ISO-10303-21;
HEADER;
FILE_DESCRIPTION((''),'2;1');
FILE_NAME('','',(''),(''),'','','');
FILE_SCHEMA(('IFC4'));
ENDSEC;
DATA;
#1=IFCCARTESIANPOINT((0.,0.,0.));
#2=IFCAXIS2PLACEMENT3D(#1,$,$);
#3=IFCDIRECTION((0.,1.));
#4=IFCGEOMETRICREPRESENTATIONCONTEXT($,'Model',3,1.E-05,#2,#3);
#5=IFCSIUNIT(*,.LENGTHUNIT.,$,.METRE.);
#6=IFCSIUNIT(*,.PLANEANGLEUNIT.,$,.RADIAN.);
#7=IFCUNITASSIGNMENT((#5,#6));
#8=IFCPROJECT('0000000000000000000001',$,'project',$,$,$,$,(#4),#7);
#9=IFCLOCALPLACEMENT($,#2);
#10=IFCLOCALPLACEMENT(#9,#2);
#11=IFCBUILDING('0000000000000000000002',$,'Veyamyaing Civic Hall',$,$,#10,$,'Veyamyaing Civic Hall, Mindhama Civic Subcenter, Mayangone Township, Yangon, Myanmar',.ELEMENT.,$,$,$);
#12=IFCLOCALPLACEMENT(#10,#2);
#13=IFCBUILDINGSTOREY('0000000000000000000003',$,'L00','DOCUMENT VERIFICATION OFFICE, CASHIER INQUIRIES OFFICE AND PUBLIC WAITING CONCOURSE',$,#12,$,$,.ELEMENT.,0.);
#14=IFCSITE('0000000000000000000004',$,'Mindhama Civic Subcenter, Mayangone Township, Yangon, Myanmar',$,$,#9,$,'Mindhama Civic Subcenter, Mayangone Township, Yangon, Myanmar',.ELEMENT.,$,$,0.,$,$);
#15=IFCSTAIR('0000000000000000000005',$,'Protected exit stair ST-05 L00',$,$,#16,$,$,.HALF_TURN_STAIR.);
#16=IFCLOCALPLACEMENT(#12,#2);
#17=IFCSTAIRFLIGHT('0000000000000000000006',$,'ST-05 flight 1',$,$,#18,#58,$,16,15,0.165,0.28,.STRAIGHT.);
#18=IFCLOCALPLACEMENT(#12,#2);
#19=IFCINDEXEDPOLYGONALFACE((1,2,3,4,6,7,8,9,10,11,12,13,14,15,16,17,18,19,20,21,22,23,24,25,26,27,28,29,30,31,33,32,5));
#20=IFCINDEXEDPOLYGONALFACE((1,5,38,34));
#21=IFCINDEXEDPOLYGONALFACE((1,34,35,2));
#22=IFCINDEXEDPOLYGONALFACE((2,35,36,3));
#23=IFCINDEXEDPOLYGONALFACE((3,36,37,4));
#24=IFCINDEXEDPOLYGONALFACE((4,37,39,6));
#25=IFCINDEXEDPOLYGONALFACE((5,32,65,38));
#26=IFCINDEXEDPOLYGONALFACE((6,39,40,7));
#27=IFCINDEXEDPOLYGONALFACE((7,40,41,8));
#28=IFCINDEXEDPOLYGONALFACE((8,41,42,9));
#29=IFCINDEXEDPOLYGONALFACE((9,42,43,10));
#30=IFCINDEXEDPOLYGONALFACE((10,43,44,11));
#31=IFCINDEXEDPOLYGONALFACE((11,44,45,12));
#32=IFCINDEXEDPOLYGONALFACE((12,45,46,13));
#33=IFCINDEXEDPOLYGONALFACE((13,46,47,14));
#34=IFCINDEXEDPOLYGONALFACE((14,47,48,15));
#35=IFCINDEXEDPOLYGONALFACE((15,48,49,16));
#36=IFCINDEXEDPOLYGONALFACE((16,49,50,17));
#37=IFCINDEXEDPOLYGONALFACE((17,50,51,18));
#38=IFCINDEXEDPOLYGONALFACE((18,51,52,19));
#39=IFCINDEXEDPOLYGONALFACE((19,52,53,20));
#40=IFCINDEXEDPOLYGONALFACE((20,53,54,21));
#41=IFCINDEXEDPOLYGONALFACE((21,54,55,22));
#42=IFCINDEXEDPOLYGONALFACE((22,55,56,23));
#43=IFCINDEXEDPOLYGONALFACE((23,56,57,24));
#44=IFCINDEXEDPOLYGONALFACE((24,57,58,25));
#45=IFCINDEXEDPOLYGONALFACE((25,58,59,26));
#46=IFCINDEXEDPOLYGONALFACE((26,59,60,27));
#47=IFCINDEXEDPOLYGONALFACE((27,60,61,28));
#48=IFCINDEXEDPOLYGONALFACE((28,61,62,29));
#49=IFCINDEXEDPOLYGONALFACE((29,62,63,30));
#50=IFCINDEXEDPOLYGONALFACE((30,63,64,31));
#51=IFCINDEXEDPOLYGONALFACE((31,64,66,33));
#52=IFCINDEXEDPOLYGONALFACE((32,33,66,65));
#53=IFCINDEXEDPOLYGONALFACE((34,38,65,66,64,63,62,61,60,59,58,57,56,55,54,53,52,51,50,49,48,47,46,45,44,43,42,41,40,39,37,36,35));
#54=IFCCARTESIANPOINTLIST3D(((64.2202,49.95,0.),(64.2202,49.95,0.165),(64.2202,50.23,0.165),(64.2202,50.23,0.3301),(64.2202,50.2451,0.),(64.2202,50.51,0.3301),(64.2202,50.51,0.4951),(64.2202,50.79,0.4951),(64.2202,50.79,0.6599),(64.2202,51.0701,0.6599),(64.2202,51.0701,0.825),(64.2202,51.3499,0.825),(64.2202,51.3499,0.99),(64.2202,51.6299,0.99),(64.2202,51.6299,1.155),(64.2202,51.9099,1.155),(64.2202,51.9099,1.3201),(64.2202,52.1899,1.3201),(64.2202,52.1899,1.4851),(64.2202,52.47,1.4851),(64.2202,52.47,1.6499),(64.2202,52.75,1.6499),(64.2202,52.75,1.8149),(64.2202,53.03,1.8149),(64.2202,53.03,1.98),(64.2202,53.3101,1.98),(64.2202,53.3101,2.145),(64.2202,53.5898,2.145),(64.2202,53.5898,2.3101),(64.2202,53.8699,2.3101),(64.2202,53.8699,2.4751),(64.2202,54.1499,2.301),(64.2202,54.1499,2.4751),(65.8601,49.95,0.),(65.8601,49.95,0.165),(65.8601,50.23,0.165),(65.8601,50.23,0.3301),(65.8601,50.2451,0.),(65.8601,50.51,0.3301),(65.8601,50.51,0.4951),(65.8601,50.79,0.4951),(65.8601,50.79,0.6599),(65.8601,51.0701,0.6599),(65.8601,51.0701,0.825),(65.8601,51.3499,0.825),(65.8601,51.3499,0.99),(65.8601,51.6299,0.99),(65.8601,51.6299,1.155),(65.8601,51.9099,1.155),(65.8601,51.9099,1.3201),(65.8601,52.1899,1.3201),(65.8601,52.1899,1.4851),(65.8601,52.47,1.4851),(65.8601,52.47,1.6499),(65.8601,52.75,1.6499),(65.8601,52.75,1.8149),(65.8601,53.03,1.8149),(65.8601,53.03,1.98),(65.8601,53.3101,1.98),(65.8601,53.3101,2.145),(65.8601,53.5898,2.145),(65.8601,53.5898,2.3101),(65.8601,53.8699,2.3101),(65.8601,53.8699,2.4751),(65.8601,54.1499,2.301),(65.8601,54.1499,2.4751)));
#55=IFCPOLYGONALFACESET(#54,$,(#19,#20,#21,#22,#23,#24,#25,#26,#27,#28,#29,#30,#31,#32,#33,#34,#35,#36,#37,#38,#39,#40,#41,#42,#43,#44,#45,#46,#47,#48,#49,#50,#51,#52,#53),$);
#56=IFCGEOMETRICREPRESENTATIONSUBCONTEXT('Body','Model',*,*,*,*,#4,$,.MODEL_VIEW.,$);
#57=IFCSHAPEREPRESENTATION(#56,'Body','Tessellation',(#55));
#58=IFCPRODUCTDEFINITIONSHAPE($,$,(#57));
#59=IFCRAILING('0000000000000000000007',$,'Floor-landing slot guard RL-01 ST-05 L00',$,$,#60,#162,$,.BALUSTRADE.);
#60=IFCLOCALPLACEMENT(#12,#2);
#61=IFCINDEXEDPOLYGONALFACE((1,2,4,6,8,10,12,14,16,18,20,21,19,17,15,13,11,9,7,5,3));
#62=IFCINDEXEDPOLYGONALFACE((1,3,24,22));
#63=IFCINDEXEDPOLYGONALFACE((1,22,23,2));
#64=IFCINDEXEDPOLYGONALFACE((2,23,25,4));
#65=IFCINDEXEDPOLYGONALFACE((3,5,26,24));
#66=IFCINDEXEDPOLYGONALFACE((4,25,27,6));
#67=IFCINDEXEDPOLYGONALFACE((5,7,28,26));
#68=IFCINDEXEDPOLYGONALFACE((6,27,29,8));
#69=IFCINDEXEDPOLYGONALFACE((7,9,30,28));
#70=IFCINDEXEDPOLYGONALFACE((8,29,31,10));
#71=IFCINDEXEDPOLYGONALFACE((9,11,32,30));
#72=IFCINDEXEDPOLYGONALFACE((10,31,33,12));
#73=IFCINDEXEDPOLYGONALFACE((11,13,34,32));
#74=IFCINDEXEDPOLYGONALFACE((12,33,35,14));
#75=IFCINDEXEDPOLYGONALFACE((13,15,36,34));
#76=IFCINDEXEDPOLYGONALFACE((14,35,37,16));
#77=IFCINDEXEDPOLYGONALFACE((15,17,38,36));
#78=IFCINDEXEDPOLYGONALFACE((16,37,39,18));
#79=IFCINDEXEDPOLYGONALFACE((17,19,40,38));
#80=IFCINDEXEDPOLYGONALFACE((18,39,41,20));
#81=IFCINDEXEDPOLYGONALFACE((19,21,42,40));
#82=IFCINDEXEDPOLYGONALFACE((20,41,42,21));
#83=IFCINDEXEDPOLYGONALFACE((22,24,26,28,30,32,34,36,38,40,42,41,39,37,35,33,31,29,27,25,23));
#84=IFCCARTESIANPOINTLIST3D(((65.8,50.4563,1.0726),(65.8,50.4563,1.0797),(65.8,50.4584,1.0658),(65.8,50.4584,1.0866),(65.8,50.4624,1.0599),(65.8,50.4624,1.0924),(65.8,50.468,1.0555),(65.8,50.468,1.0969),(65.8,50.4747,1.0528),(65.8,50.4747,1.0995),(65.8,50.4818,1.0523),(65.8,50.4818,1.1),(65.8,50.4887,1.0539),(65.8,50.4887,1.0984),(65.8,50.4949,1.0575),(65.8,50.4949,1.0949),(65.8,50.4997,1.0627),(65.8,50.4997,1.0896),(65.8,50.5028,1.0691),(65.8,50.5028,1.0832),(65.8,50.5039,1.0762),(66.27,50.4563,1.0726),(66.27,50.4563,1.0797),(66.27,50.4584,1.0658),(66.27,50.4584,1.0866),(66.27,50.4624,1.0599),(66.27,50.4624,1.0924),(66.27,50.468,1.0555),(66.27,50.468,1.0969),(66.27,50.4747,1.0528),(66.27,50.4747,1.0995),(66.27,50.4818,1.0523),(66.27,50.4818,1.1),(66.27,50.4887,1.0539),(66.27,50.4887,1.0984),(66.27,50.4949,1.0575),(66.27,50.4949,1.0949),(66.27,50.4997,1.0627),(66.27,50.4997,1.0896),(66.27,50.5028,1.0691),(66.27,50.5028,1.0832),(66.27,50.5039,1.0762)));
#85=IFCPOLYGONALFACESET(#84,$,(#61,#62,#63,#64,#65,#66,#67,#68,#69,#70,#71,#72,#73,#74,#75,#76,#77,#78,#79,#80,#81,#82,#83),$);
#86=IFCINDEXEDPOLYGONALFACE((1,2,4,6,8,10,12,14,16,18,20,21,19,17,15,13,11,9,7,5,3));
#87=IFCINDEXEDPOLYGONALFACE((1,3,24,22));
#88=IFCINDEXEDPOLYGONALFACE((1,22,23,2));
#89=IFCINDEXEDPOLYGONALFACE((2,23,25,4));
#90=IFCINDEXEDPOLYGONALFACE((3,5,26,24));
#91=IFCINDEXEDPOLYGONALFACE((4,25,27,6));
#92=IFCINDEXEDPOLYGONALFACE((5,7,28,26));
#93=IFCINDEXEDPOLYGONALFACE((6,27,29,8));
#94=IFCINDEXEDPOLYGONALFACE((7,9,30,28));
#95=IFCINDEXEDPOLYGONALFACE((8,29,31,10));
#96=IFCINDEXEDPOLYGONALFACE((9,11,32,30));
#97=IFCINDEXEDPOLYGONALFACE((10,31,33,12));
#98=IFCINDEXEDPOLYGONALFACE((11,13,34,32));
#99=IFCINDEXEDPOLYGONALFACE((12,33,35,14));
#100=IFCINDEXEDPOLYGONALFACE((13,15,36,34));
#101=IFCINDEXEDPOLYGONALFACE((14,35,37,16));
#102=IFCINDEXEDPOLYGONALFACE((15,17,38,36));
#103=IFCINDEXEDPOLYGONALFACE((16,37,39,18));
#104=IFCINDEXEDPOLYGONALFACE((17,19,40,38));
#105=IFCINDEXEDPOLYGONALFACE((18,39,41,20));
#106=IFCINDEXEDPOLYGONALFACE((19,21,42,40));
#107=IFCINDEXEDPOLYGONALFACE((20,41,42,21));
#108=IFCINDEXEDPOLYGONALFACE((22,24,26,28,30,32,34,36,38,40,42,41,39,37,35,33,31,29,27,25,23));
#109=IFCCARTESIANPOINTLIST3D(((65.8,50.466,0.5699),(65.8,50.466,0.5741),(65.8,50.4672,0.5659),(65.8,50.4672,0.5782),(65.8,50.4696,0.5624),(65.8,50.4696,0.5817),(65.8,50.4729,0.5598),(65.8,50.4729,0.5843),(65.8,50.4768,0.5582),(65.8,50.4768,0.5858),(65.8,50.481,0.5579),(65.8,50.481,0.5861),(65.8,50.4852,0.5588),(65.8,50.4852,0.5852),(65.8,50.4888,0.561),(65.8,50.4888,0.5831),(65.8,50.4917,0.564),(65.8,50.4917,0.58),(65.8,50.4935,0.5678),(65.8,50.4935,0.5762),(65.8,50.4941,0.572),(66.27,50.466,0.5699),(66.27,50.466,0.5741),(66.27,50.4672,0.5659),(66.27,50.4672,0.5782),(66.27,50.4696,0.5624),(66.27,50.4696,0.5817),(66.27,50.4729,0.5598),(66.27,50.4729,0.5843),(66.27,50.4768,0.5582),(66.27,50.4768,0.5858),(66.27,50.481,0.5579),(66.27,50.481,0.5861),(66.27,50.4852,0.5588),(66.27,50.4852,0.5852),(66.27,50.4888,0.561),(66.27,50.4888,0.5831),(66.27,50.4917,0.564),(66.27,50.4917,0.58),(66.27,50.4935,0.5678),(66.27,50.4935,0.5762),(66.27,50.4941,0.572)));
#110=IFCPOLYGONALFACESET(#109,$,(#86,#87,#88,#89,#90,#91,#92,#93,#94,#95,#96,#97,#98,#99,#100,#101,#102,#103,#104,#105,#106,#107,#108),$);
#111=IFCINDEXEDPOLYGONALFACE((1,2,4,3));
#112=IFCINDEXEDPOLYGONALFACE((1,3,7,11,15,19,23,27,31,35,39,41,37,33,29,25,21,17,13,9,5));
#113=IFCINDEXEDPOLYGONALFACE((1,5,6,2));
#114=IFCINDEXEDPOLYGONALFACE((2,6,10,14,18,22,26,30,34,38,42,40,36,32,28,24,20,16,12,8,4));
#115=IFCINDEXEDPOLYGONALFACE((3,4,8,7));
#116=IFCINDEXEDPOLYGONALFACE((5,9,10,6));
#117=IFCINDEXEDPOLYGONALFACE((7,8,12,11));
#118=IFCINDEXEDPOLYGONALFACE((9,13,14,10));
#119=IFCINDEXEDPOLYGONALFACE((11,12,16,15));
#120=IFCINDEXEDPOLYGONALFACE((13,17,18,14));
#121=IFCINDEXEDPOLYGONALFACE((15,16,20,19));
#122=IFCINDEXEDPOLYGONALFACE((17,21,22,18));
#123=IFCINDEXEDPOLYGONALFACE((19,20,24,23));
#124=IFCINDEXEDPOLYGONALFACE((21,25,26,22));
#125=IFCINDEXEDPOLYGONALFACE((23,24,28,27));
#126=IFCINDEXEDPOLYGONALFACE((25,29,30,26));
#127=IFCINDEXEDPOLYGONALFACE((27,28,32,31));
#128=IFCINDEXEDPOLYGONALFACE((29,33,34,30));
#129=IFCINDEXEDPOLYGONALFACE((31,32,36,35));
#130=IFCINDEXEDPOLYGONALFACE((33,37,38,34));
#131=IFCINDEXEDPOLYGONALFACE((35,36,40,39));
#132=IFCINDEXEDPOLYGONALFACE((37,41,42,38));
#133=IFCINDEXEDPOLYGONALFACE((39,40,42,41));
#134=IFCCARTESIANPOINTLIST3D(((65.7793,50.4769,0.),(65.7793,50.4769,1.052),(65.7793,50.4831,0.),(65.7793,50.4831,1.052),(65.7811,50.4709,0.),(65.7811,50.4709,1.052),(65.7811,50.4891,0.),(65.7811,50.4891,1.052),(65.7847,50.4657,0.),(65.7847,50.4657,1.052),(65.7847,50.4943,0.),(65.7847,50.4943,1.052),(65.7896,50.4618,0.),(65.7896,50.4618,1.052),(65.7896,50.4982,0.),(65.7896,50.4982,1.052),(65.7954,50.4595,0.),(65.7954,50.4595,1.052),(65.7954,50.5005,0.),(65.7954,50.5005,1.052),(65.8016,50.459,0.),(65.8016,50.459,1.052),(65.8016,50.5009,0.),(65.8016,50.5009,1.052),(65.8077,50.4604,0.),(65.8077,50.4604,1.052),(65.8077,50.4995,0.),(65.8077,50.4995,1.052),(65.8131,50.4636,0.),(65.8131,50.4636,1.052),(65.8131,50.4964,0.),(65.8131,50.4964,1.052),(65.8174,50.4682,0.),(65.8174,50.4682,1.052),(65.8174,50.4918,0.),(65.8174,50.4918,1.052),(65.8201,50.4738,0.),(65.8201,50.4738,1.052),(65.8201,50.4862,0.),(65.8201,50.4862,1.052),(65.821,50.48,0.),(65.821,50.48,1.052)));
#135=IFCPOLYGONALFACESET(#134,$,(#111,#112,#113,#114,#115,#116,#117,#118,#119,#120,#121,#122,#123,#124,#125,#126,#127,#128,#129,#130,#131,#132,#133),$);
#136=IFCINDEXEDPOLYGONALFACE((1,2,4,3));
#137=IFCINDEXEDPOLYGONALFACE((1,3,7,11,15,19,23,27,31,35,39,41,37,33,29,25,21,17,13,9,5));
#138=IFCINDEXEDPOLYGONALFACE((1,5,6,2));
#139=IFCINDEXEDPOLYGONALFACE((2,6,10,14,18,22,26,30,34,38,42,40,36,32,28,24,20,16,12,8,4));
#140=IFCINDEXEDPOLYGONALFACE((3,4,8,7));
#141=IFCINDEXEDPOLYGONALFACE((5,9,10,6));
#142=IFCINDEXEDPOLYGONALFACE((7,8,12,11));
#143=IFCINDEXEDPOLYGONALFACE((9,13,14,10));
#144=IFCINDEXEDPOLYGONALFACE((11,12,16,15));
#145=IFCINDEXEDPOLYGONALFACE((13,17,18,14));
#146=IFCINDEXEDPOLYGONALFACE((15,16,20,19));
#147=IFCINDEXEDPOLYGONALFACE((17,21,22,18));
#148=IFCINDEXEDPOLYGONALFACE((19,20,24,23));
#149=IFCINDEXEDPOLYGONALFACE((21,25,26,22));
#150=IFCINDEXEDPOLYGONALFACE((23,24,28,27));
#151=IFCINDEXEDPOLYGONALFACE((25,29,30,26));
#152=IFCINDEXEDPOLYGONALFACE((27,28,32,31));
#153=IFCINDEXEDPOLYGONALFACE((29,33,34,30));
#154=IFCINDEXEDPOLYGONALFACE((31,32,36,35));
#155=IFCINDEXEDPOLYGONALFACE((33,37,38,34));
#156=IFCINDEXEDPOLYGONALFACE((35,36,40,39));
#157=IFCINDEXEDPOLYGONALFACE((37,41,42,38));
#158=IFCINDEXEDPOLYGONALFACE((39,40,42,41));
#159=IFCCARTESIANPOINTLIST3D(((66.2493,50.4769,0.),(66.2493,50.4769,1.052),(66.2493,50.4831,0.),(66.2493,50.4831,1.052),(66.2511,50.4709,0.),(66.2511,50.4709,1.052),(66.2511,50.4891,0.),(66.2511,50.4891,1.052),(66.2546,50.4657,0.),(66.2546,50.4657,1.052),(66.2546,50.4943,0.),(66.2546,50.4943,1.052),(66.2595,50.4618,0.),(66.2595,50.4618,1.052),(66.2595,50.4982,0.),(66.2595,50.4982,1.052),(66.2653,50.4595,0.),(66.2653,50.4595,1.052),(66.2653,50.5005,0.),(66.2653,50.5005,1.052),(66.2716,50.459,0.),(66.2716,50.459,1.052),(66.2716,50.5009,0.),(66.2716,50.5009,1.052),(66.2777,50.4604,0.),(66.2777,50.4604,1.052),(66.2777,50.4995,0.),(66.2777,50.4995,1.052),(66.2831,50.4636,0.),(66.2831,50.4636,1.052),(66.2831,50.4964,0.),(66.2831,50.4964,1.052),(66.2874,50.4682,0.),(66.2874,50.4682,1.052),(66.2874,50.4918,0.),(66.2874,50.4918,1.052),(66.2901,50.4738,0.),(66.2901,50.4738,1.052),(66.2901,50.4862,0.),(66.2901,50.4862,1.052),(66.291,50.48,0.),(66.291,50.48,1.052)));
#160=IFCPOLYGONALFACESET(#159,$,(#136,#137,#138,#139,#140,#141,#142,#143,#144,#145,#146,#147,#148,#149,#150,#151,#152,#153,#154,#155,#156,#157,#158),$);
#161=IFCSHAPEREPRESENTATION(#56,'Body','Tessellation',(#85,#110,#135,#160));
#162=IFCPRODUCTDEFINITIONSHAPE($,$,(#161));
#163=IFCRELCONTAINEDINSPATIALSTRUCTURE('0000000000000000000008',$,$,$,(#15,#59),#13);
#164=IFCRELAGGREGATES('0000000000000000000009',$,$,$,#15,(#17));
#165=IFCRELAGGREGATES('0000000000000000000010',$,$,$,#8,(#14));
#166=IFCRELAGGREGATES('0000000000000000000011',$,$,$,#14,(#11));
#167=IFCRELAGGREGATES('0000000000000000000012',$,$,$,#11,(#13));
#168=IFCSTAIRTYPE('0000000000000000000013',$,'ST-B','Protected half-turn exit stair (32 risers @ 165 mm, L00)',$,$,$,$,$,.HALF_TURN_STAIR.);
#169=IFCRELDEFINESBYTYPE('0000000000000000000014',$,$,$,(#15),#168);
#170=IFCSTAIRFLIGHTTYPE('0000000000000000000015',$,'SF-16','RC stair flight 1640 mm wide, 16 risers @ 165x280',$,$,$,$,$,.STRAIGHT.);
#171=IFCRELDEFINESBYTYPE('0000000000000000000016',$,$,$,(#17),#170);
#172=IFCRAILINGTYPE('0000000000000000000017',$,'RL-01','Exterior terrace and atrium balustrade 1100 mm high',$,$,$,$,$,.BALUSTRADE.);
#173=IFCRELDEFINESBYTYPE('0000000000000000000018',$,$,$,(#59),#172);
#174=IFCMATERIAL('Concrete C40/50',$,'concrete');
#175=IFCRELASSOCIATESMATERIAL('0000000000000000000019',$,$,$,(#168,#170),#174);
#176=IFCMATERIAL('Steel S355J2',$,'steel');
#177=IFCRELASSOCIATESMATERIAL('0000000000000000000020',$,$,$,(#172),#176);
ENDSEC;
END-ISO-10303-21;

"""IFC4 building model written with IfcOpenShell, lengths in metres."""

from ifc_helpers import new_model, si_unit, direction, frame, origin, origin_2d, place, context, subcontext, project, spatial, polyline, circle, outline, extrude, material, type_object, element, aggregate, save


model = new_model("IFC4")

# Units and contexts
model_context = context("Model", 3, precision=1e-05, world=origin(), true_north=direction((0.0, 1.0)))
body_context = subcontext(model_context, "Body", "Model", "MODEL_VIEW")
ifc_project = project(units=[si_unit("LENGTHUNIT", "METRE"), si_unit("PLANEANGLEUNIT", "RADIAN")], contexts=[model_context])

# Site, building, storey
site_placement = place(None, origin())
site = spatial("IfcSite", under=ifc_project, at=site_placement, Name="Mindhama Civic Subcenter, Mayangone Township, Yangon, Myanmar", LongName="Mindhama Civic Subcenter, Mayangone Township, Yangon, Myanmar", CompositionType="ELEMENT", RefElevation=0.0)
building_placement = place(site_placement, origin())
building = spatial("IfcBuilding", under=site, at=building_placement, Name="Veyamyaing Civic Hall", LongName="Veyamyaing Civic Hall, Mindhama Civic Subcenter, Mayangone Township, Yangon, Myanmar", CompositionType="ELEMENT")
storey_placement = place(building_placement, origin())
storey = spatial("IfcBuildingStorey", under=building, at=storey_placement, Name="L00", Description="DOCUMENT VERIFICATION OFFICE, CASHIER INQUIRIES OFFICE AND PUBLIC WAITING CONCOURSE", CompositionType="ELEMENT", Elevation=0.0)

# Shared definitions
ifc_material_1 = material(Name="Concrete C40/50", Category="concrete")

# Stair, stair flight
stair_type = type_object("IfcStairType", Name="ST-B", Description="Protected half-turn exit stair (32 risers @ 165 mm, L00)", PredefinedType="HALF_TURN_STAIR", material=ifc_material_1)
stair_placement = place(storey_placement, origin())
stair = element("IfcStair", 1, at=stair_placement, inside=storey, type_object=stair_type, Name="Protected exit stair ST-05 L00", PredefinedType="HALF_TURN_STAIR")
stair_flight_type = type_object("IfcStairFlightType", Name="SF-16", Description="RC stair flight 1640 mm wide, 16 risers @ 165x280", PredefinedType="STRAIGHT", material=ifc_material_1)
stair_flight_placement = place(storey_placement, frame((65.04, 49.95, 0.0), z_axis=(0.0, 0.0, 1.0), x_axis=(0.0, 1.0, 0.0)))
stair_flight = element("IfcStairFlight", 2, at=stair_flight_placement, type_object=stair_flight_type, Name="ST-05 flight 1", NumberOfRisers=16, NumberOfTreads=15, PredefinedType="STRAIGHT", RiserHeight=0.165, TreadLength=0.28, context=body_context, shape_type="SweptSolid", body=[
    extrude(outline(polyline([(0.0, 0.0), (0.0, 0.165), (0.28, 0.165), (0.28, 0.3301), (0.5601, 0.3301), (0.5601, 0.4951), (0.8401, 0.4951), (0.8401, 0.6599), (1.1201, 0.6599), (1.1201, 0.825), (1.3999, 0.825), (1.3999, 0.99), (1.6799, 0.99), (1.6799, 1.155), (1.96, 1.155), (1.96, 1.3201), (2.24, 1.3201), (2.24, 1.4851), (2.52, 1.4851), (2.52, 1.6499), (2.8, 1.6499), (2.8, 1.8149), (3.0801, 1.8149), (3.0801, 1.98), (3.3601, 1.98), (3.3601, 2.145), (3.6399, 2.145), (3.6399, 2.3101), (3.9199, 2.3101), (3.9199, 2.4751), (4.2, 2.4751), (4.2, 2.6399), (4.2, 2.301), (0.2952, 0.0), (0.0, 0.0)])), frame((0.0, 0.8198, 0.0), z_axis=(0.0, -1.0, 0.0), x_axis=(1.0, 0.0, 0.0)), (0.0, 0.0, 1.0), 1.6399),
])
aggregate(stair, [stair_flight])

# Railing
ifc_material_2 = material(Name="Steel S355J2", Category="steel")
railing_type_1 = type_object("IfcRailingType", Name="RL-01", Description="Exterior terrace and atrium balustrade 1100 mm high", PredefinedType="BALUSTRADE", material=ifc_material_2)
railing_1_placement = place(storey_placement, frame((65.8, 50.48, 0.0)))
element("IfcRailing", 3, at=railing_1_placement, inside=storey, type_object=railing_type_1, Name="Floor-landing slot guard RL-01 ST-05 L00", PredefinedType="BALUSTRADE", context=body_context, shape_type="SweptSolid", body=[
    extrude(circle(Radius=0.0239, at=origin_2d()), frame((0.0, 0.0, 1.0762), z_axis=(1.0, 0.0, 0.0), x_axis=(0.0, 1.0, 0.0)), (0.0, 0.0, 1.0), 0.47),
    extrude(circle(Radius=0.0142, at=origin_2d()), frame((0.0, 0.0, 0.572), z_axis=(1.0, 0.0, 0.0), x_axis=(0.0, 1.0, 0.0)), (0.0, 0.0, 1.0), 0.47),
    extrude(circle(Radius=0.021, at=origin_2d()), origin(), (0.0, 0.0, 1.0), 1.052),
    extrude(circle(Radius=0.021, at=origin_2d()), frame((0.47, 0.0, 0.0)), (0.0, 0.0, 1.0), 1.052),
])

save(model, "model.ifc")
